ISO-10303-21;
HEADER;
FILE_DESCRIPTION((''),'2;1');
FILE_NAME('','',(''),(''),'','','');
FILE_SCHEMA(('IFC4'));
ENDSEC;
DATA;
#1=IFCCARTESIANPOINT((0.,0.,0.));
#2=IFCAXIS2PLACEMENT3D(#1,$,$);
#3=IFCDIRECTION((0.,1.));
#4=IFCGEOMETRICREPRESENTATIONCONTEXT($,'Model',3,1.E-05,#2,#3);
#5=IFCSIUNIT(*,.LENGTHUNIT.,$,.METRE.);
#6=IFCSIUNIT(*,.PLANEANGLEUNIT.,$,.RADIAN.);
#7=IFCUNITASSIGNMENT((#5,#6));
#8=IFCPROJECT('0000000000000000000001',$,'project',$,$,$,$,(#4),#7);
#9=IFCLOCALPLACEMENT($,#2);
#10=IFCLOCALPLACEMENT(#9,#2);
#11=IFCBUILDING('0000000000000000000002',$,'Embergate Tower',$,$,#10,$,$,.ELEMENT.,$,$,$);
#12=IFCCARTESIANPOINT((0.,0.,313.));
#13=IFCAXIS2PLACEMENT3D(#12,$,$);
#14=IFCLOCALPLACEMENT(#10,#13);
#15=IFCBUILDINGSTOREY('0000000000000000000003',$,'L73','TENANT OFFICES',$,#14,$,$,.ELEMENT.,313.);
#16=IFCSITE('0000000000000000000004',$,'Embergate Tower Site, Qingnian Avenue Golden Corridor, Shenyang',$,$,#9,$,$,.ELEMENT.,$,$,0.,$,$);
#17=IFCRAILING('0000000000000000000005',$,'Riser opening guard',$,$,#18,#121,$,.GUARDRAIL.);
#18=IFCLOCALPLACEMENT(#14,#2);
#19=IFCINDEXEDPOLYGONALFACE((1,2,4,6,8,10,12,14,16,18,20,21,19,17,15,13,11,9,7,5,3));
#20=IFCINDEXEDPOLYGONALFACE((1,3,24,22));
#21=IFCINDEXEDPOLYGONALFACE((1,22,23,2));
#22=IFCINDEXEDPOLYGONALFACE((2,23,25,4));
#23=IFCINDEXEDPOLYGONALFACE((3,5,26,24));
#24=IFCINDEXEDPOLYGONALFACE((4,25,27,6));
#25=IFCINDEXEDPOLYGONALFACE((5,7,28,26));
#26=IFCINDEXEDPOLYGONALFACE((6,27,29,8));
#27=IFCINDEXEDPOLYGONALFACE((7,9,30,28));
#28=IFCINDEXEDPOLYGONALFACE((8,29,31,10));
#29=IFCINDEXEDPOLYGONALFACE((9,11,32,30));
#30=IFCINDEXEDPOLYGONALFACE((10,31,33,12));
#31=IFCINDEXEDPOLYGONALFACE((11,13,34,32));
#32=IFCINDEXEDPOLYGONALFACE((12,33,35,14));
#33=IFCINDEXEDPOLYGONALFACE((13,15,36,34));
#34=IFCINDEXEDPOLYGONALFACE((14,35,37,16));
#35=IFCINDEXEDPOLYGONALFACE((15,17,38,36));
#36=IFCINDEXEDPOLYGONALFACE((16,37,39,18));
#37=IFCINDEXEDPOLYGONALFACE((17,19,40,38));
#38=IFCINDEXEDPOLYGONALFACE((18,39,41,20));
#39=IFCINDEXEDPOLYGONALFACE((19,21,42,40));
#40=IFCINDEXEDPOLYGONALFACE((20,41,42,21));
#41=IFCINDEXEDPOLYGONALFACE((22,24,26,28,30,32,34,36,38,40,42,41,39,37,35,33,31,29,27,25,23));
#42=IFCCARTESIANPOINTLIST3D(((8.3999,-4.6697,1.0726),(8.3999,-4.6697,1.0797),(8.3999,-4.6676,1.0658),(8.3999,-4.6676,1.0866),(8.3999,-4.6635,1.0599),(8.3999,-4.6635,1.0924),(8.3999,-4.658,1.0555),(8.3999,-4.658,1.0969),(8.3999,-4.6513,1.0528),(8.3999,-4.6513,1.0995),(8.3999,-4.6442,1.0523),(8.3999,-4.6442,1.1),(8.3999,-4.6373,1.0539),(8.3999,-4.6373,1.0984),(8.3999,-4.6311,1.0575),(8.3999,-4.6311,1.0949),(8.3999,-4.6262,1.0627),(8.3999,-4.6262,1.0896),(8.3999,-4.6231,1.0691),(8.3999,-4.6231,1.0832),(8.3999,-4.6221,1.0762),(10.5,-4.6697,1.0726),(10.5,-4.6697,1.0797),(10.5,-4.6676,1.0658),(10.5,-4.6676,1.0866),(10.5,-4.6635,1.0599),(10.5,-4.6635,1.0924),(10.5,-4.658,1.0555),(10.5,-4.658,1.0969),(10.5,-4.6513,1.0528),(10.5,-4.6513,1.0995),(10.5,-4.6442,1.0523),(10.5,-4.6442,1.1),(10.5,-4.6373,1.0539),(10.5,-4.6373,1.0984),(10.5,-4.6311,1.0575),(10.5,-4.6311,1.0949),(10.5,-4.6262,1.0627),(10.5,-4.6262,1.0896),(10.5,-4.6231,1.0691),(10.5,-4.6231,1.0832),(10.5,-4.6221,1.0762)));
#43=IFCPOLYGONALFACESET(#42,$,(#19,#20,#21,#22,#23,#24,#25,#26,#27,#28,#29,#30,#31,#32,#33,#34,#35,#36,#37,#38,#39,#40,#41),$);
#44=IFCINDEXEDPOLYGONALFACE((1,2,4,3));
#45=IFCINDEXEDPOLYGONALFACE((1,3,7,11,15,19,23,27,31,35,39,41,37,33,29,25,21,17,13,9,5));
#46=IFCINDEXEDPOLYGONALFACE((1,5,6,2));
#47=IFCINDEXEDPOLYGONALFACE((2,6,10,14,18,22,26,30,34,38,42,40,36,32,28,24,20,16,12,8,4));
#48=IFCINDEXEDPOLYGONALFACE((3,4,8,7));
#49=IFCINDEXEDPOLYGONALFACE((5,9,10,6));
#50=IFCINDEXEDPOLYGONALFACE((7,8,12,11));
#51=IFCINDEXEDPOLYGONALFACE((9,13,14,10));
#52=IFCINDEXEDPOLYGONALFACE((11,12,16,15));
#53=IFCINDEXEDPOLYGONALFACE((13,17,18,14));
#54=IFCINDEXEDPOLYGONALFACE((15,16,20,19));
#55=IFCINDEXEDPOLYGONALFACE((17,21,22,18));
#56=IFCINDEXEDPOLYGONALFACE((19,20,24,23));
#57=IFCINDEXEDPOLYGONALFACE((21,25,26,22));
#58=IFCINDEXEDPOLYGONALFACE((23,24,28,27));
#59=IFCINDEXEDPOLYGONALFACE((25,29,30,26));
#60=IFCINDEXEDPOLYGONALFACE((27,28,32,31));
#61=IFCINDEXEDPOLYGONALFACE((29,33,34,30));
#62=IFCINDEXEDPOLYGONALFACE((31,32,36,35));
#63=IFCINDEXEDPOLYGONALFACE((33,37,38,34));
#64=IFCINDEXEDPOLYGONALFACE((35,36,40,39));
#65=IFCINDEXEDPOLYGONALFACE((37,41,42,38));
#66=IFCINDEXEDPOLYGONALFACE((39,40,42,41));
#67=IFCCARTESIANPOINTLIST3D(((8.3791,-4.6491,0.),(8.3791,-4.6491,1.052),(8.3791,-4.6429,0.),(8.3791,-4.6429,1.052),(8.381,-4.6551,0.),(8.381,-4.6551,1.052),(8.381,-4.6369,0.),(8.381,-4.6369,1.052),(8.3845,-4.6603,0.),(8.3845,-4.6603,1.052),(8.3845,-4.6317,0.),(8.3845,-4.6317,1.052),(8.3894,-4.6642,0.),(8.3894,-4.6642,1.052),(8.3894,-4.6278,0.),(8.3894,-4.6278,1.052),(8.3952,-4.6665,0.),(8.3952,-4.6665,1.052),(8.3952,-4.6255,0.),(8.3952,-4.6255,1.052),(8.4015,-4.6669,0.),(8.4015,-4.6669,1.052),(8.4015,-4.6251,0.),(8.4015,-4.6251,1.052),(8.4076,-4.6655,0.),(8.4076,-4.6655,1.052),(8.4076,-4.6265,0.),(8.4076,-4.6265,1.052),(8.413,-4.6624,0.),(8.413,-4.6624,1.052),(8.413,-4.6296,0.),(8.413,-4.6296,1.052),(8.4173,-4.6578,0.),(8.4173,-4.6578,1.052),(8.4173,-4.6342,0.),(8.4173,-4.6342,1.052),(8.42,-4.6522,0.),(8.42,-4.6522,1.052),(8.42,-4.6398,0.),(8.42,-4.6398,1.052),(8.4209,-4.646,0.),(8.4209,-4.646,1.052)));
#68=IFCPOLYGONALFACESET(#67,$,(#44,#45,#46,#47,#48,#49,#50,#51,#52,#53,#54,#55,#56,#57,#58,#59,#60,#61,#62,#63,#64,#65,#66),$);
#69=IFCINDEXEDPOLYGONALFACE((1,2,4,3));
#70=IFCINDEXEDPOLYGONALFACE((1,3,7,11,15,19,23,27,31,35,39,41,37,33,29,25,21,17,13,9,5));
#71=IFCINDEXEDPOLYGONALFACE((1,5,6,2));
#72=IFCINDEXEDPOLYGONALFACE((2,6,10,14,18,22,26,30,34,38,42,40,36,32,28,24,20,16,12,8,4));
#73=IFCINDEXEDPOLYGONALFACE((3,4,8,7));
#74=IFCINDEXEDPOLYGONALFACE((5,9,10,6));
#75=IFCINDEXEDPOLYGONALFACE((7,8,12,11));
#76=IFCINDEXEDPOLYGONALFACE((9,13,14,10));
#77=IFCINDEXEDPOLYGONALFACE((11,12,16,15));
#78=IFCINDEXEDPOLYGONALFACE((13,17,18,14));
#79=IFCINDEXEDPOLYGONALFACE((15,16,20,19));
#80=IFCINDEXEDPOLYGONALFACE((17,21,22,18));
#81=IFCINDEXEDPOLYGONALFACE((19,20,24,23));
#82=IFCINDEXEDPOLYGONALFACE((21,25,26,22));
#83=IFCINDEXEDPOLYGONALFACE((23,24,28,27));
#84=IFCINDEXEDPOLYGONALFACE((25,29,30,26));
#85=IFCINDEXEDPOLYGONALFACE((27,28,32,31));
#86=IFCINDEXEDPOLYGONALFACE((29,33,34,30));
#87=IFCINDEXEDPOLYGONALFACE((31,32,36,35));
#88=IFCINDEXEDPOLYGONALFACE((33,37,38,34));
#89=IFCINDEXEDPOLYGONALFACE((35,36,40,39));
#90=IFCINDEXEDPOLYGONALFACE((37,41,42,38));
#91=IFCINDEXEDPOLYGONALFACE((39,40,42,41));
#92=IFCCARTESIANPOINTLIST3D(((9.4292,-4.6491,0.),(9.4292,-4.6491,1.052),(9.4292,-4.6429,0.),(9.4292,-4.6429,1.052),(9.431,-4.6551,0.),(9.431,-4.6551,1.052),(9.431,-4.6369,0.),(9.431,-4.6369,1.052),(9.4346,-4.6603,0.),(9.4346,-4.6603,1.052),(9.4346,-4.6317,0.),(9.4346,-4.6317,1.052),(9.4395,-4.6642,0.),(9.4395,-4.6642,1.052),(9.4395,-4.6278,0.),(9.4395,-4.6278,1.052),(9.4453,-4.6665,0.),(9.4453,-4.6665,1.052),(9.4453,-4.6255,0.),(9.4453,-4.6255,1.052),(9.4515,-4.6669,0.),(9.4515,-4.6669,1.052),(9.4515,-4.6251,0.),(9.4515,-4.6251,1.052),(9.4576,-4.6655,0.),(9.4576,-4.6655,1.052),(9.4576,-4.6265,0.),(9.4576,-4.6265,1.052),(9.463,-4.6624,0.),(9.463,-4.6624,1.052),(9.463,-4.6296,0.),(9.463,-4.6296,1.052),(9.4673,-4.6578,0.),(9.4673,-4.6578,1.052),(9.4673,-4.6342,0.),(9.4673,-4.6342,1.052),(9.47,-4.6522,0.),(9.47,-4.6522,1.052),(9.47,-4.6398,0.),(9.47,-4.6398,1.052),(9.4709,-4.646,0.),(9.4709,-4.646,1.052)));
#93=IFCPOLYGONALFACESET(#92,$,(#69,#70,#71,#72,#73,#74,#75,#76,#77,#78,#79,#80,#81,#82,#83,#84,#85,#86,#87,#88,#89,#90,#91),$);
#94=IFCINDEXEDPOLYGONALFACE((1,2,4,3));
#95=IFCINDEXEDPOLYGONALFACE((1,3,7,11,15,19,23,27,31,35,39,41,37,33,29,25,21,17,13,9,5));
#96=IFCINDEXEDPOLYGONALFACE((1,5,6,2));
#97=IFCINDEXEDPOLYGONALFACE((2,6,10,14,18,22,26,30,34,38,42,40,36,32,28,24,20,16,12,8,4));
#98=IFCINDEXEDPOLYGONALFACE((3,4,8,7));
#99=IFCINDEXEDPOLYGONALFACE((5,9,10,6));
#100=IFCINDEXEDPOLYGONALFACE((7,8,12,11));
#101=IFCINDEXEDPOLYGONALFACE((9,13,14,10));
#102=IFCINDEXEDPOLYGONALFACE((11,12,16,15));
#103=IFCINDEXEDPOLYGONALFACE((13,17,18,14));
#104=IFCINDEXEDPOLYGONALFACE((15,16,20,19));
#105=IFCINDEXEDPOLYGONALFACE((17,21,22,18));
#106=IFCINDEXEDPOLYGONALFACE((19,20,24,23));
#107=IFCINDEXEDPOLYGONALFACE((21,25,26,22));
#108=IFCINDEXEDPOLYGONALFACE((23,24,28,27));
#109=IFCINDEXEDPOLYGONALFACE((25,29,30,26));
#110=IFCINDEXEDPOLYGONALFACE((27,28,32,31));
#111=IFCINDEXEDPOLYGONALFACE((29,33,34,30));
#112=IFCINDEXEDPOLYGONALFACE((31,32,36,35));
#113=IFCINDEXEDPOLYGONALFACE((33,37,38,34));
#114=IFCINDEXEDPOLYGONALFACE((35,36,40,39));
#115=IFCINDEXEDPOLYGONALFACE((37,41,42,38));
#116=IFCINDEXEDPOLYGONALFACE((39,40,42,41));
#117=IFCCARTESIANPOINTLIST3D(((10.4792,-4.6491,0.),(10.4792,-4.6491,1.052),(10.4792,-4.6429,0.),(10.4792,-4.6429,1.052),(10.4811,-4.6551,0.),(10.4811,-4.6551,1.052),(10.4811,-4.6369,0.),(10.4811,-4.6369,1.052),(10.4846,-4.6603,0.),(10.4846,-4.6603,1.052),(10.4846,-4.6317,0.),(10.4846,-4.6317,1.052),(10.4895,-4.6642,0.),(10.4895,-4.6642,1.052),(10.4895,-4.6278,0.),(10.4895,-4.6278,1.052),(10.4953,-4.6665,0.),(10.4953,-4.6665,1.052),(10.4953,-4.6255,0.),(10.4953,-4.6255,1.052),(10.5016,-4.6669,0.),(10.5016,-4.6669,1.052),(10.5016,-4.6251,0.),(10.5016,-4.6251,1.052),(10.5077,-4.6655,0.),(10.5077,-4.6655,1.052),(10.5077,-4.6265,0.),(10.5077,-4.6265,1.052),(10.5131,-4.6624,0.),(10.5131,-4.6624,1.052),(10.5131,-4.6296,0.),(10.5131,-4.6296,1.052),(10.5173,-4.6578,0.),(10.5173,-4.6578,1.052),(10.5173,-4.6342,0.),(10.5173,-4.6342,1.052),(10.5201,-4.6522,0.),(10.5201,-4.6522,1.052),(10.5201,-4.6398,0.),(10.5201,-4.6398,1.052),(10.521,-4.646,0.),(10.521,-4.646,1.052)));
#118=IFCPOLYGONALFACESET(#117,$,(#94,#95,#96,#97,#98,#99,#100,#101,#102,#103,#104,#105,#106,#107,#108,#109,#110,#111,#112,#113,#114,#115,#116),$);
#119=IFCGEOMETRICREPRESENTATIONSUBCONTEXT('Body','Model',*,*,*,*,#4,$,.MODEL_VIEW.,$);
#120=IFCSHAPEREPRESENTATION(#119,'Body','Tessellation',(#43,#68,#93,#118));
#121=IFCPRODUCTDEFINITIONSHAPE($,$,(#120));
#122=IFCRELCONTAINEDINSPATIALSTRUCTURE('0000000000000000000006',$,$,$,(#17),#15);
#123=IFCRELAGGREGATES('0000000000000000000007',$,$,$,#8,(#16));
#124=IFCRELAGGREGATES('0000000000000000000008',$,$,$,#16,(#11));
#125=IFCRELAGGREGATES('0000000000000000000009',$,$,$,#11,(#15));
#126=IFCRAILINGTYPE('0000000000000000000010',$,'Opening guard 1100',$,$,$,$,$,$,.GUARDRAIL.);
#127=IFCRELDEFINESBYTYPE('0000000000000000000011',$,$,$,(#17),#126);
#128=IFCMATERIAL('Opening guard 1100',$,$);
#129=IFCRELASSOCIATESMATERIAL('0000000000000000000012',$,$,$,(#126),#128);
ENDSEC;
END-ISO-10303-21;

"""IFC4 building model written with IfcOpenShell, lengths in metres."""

from ifc_helpers import new_model, si_unit, direction, frame, origin, origin_2d, place, context, subcontext, project, spatial, circle, extrude, source, transform, mapped, material, type_object, element, save


model = new_model("IFC4")

# Units and contexts
model_context = context("Model", 3, precision=1e-05, world=origin(), true_north=direction((0.0, 1.0)))
body_context = subcontext(model_context, "Body", "Model", "MODEL_VIEW")
ifc_project = project(units=[si_unit("LENGTHUNIT", "METRE"), si_unit("PLANEANGLEUNIT", "RADIAN")], contexts=[model_context])

# Site, building, storey
site_placement = place(None, origin())
site = spatial("IfcSite", under=ifc_project, at=site_placement, Name="Embergate Tower Site, Qingnian Avenue Golden Corridor, Shenyang", CompositionType="ELEMENT", RefElevation=0.0)
building_placement = place(site_placement, origin())
building = spatial("IfcBuilding", under=site, at=building_placement, Name="Embergate Tower", CompositionType="ELEMENT")
storey_placement = place(building_placement, frame((0.0, 0.0, 313.0)))
storey = spatial("IfcBuildingStorey", under=building, at=storey_placement, Name="L73", Description="TENANT OFFICES", CompositionType="ELEMENT", Elevation=313.0)

# Railing
ifc_material_1 = material(Name="Opening guard 1100")
railing_type_1 = type_object("IfcRailingType", Name="Opening guard 1100", PredefinedType="GUARDRAIL", material=ifc_material_1)
shared_shape_1 = source(origin(), body_context, "Body", "SweptSolid", [
    extrude(circle(Radius=0.0239, at=origin_2d()), frame((0.0, 0.0, 1.0762), z_axis=(1.0, 0.0, 0.0), x_axis=(0.0, 1.0, 0.0)), (0.0, 0.0, 1.0), 2.1001),
    extrude(circle(Radius=0.021, at=origin_2d()), origin(), (0.0, 0.0, 1.0), 1.052),
    extrude(circle(Radius=0.021, at=origin_2d()), frame((1.05, 0.0, 0.0)), (0.0, 0.0, 1.0), 1.052),
    extrude(circle(Radius=0.021, at=origin_2d()), frame((2.1001, 0.0, 0.0)), (0.0, 0.0, 1.0), 1.052),
])
railing_1_placement = place(storey_placement, frame((8.3999, -4.646, 0.0)))
element("IfcRailing", 1, at=railing_1_placement, inside=storey, type_object=railing_type_1, Name="Riser opening guard", PredefinedType="GUARDRAIL", context=body_context, shape_type="MappedRepresentation", body=[
    mapped(shared_shape_1, transform((0.0, 0.0, 0.0))),
])

save(model, "model.ifc")
